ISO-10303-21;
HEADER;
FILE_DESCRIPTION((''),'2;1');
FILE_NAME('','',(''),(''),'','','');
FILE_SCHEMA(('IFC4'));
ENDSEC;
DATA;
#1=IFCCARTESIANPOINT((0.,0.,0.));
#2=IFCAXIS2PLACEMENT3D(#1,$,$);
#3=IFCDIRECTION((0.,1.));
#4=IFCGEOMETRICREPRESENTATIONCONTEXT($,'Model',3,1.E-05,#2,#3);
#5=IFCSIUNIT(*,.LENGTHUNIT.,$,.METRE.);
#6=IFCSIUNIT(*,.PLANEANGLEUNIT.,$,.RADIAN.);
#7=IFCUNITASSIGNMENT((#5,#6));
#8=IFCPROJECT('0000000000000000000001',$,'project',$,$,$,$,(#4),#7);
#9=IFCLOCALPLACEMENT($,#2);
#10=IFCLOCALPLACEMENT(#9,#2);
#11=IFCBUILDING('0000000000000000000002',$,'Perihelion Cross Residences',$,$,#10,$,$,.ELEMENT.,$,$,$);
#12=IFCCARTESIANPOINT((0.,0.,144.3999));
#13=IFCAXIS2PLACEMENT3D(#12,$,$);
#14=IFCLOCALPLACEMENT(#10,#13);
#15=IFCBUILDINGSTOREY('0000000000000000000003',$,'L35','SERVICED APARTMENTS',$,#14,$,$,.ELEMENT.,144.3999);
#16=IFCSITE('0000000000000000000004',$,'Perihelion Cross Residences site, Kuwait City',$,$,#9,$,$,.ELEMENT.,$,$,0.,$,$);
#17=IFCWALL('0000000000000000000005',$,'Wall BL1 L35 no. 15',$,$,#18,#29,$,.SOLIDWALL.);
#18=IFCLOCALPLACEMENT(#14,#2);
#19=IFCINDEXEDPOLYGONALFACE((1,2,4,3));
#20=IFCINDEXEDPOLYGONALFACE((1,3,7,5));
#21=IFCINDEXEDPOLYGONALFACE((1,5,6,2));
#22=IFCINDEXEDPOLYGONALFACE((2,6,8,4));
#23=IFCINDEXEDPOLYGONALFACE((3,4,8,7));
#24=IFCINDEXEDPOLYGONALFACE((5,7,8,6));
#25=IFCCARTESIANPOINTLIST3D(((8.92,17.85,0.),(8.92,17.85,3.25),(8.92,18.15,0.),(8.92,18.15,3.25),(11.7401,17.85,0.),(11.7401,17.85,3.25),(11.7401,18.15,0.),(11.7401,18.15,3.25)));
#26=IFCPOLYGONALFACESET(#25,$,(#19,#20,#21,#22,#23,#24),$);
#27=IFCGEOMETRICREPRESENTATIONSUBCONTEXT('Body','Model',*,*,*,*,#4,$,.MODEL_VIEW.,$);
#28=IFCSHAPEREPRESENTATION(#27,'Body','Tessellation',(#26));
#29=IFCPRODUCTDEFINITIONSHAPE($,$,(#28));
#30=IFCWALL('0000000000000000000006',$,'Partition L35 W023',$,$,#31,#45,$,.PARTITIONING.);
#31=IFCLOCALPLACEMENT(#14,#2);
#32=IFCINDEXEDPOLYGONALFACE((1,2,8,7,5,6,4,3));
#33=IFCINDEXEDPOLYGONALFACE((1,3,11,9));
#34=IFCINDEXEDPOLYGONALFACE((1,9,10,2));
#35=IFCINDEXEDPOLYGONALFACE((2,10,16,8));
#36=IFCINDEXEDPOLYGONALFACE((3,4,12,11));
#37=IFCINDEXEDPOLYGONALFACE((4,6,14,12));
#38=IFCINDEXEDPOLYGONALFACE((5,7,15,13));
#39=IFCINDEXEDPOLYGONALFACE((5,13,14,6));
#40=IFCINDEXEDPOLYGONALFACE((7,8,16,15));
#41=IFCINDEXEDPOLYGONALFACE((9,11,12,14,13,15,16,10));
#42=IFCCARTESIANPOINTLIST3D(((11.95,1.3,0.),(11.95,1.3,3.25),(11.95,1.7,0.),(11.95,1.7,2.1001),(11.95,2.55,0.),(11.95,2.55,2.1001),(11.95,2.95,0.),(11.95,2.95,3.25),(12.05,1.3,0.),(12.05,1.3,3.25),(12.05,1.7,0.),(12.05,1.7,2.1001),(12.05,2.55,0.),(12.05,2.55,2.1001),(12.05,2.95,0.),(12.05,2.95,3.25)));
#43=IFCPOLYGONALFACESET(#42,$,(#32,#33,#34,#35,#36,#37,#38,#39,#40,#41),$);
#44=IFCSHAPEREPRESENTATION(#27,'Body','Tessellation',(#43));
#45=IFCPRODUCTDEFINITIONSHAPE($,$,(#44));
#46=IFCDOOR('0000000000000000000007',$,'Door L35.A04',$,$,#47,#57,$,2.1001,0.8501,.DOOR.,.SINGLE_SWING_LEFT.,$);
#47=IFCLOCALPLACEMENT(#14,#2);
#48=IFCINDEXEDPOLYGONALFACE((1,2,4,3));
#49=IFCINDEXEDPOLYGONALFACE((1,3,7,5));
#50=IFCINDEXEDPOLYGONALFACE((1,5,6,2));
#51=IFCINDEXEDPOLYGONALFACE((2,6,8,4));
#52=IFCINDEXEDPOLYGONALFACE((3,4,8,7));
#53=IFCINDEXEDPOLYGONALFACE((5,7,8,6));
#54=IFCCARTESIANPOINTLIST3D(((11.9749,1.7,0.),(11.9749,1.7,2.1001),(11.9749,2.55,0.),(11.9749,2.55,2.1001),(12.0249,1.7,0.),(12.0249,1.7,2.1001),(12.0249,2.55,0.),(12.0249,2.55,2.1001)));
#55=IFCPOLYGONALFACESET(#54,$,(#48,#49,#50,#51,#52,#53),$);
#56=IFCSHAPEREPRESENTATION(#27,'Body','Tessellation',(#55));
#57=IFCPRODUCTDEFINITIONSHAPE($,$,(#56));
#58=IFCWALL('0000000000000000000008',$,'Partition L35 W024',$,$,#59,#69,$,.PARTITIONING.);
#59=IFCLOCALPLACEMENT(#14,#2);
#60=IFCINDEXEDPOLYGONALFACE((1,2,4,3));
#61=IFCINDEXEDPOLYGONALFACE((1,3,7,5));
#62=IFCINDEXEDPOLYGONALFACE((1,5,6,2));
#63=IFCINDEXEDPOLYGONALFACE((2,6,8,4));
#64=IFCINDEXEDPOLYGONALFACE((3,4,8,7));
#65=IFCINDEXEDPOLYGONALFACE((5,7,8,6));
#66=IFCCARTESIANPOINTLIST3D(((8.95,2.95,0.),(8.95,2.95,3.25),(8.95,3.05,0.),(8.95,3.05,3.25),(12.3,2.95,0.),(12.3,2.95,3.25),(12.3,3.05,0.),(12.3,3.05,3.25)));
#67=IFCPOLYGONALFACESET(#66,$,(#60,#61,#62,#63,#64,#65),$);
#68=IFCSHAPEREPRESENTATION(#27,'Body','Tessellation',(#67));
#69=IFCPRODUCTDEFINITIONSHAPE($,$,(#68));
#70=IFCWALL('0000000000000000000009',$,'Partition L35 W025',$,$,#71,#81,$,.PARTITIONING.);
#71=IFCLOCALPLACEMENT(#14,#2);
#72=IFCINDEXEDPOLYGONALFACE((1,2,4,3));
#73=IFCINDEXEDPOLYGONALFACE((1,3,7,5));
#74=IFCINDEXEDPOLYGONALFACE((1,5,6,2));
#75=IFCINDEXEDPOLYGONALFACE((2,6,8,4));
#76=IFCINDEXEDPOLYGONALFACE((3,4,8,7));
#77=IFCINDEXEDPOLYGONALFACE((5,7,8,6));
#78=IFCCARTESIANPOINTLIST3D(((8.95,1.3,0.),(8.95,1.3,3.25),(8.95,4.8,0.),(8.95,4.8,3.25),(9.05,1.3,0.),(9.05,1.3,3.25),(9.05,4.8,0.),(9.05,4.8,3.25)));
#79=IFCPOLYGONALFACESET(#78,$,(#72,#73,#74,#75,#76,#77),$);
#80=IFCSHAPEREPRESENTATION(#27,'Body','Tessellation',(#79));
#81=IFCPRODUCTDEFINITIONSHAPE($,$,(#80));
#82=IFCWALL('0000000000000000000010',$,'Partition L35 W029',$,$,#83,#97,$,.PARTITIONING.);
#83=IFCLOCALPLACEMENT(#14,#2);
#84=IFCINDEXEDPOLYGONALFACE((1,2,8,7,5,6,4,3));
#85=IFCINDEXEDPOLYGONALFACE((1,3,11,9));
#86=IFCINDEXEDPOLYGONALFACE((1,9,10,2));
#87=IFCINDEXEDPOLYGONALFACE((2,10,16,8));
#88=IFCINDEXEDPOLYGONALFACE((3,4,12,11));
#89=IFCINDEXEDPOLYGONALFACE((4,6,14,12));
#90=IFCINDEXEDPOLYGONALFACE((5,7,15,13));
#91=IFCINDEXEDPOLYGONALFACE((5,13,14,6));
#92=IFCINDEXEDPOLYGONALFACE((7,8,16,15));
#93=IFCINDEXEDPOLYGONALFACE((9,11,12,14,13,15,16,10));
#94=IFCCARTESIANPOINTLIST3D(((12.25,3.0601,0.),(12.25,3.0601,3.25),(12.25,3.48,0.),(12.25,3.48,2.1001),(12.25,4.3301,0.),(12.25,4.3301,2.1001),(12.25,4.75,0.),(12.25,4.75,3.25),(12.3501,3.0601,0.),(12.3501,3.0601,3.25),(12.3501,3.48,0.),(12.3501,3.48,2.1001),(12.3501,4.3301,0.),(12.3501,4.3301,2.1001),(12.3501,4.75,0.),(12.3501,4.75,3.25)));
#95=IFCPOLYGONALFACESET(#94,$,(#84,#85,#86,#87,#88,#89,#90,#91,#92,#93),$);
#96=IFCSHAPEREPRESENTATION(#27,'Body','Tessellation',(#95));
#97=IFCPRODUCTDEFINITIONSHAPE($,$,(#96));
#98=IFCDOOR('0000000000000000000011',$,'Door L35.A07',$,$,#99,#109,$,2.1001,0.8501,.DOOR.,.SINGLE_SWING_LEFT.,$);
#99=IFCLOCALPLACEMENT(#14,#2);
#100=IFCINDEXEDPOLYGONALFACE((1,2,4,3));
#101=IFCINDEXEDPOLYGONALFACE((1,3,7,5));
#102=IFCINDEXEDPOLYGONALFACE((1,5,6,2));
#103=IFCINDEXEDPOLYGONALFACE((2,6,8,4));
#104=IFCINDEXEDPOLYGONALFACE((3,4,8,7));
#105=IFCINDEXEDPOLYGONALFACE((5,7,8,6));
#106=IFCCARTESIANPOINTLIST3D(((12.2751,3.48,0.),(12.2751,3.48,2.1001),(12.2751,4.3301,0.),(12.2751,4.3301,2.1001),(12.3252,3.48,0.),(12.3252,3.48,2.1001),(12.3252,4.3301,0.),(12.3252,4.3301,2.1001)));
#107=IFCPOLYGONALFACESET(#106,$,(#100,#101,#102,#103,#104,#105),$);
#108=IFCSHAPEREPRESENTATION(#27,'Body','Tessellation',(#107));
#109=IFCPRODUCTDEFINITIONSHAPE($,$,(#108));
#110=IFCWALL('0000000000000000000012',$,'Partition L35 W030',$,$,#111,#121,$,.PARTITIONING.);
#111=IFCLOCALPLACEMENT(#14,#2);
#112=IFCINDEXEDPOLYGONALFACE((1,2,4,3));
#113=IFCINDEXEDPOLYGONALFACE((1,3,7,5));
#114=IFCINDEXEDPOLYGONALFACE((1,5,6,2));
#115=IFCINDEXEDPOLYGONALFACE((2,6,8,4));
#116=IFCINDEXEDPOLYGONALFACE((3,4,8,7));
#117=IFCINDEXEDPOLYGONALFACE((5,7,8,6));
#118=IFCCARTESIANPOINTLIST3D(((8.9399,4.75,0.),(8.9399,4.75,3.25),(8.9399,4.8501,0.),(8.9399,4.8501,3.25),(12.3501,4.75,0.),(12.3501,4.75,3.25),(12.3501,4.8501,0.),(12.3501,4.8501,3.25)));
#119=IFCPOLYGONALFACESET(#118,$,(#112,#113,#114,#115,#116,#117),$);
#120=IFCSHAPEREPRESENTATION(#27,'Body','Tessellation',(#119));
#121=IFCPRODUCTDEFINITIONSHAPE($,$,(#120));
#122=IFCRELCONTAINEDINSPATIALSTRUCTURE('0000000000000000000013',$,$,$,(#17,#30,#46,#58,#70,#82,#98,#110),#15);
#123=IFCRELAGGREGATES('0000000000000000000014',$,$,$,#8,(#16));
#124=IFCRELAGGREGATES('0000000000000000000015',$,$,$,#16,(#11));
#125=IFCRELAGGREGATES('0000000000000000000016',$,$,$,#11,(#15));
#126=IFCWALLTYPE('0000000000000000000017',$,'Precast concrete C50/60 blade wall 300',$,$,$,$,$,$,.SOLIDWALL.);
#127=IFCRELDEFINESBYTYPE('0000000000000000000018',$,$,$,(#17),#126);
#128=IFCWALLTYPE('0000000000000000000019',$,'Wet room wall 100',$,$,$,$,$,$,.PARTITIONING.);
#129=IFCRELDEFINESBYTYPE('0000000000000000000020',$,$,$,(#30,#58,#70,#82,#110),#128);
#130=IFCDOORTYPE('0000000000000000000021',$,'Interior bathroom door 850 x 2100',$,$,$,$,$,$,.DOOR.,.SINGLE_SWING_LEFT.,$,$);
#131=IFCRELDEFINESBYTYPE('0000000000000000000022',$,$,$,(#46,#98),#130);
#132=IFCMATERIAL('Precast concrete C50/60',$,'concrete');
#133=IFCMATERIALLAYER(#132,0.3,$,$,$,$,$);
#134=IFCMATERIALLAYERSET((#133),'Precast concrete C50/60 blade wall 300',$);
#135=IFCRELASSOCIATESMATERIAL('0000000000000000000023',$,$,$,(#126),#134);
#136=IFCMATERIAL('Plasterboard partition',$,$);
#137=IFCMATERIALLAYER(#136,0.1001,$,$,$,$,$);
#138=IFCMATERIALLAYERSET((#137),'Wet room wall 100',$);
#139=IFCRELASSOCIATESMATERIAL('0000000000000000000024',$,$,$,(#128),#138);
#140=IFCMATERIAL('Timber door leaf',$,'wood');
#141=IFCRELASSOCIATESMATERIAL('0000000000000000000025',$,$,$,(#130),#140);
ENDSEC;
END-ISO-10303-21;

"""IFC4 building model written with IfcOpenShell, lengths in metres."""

from ifc_helpers import new_model, si_unit, direction, frame, frame_2d, origin, place, context, subcontext, project, spatial, rectangle, extrude, material, layer, layer_set, type_object, element, fill, save


model = new_model("IFC4")

# Units and contexts
model_context = context("Model", 3, precision=1e-05, world=origin(), true_north=direction((0.0, 1.0)))
body_context = subcontext(model_context, "Body", "Model", "MODEL_VIEW")
ifc_project = project(units=[si_unit("LENGTHUNIT", "METRE"), si_unit("PLANEANGLEUNIT", "RADIAN")], contexts=[model_context])

# Site, building, storey
site_placement = place(None, origin())
site = spatial("IfcSite", under=ifc_project, at=site_placement, Name="Perihelion Cross Residences site, Kuwait City", CompositionType="ELEMENT", RefElevation=0.0)
building_placement = place(site_placement, origin())
building = spatial("IfcBuilding", under=site, at=building_placement, Name="Perihelion Cross Residences", CompositionType="ELEMENT")
storey_placement = place(building_placement, frame((0.0, 0.0, 144.3999)))
storey = spatial("IfcBuildingStorey", under=building, at=storey_placement, Name="L35", Description="SERVICED APARTMENTS", CompositionType="ELEMENT", Elevation=144.3999)

# Wall
ifc_material_1 = material(Name="Precast concrete C50/60", Category="concrete")
ifc_layer_1 = layer(ifc_material_1, 0.3)
ifc_layer_set_1 = layer_set([ifc_layer_1], Name="Precast concrete C50/60 blade wall 300")
wall_type_1 = type_object("IfcWallType", Name="Precast concrete C50/60 blade wall 300", PredefinedType="SOLIDWALL", material=ifc_layer_set_1)
wall_1_placement = place(storey_placement, frame((8.9199, 18.0, 0.0), z_axis=(0.0, 0.0, 1.0), x_axis=(1.0, 0.0, 0.0)))
element("IfcWall", 1, at=wall_1_placement, inside=storey, type_object=wall_type_1, Name="Wall BL1 L35 no. 15", PredefinedType="SOLIDWALL", context=body_context, shape_type="SweptSolid", body=[
    extrude(rectangle(XDim=2.8201, YDim=0.3, at=frame_2d((1.4102, 0.0))), origin(), (0.0, 0.0, 1.0), 3.25),
])

# Wall, opening, door
ifc_material_2 = material(Name="Plasterboard partition")
ifc_layer_2 = layer(ifc_material_2, 0.1001)
ifc_layer_set_2 = layer_set([ifc_layer_2], Name="Wet room wall 100")
wall_type_2 = type_object("IfcWallType", Name="Wet room wall 100", PredefinedType="PARTITIONING", material=ifc_layer_set_2)
wall_2_placement = place(storey_placement, frame((12.0, 2.95, 0.0), z_axis=(0.0, 0.0, 1.0), x_axis=(0.0, -1.0, 0.0)))
wall_2 = element("IfcWall", 2, at=wall_2_placement, inside=storey, type_object=wall_type_2, Name="Partition L35 W023", PredefinedType="PARTITIONING", context=body_context, shape_type="SweptSolid", body=[
    extrude(rectangle(XDim=1.6499, YDim=0.1001, at=frame_2d((0.825, 0.0))), origin(), (0.0, 0.0, 1.0), 3.25),
])
opening_1_placement = place(wall_2_placement, frame((0.3999, 0.0, 0.0)))
opening_1 = element("IfcOpeningElement", 3, at=opening_1_placement, cuts=wall_2, PredefinedType="OPENING", context=body_context, shape_type="SweptSolid", body=[
    extrude(rectangle(XDim=0.8501, YDim=2.1001, at=frame_2d((0.425, 1.05))), frame((0.0, 0.0601, 0.0), z_axis=(0.0, -1.0, 0.0), x_axis=(1.0, 0.0, 0.0)), (0.0, 0.0, 1.0), 0.1201),
])
ifc_material_3 = material(Name="Timber door leaf", Category="wood")
door_type_1 = type_object("IfcDoorType", Name="Interior bathroom door 850 x 2100", OperationType="SINGLE_SWING_LEFT", PredefinedType="DOOR", material=ifc_material_3)
door_1_placement = place(opening_1_placement, origin())
door_1 = element("IfcDoor", 4, at=door_1_placement, inside=storey, type_object=door_type_1, Name="Door L35.A04", OperationType="SINGLE_SWING_LEFT", OverallHeight=2.1001, OverallWidth=0.8501, PredefinedType="DOOR", context=body_context, shape_type="SweptSolid", body=[
    extrude(rectangle(XDim=0.8501, YDim=2.1001, at=frame_2d((0.425, 1.05))), frame((0.0, 0.0249, 0.0), z_axis=(0.0, -1.0, 0.0), x_axis=(1.0, 0.0, 0.0)), (0.0, 0.0, 1.0), 0.05),
])
fill(opening_1, door_1)

# Walls
wall_3_placement = place(storey_placement, frame((8.95, 3.0, 0.0), z_axis=(0.0, 0.0, 1.0), x_axis=(1.0, 0.0, 0.0)))
element("IfcWall", 5, at=wall_3_placement, inside=storey, type_object=wall_type_2, Name="Partition L35 W024", PredefinedType="PARTITIONING", context=body_context, shape_type="SweptSolid", body=[
    extrude(rectangle(XDim=3.3501, YDim=0.1001, at=frame_2d((1.675, 0.0))), origin(), (0.0, 0.0, 1.0), 3.25),
])
wall_4_placement = place(storey_placement, frame((9.0, 1.3, 0.0), z_axis=(0.0, 0.0, 1.0), x_axis=(0.0, 1.0, 0.0)))
element("IfcWall", 6, at=wall_4_placement, inside=storey, type_object=wall_type_2, Name="Partition L35 W025", PredefinedType="PARTITIONING", context=body_context, shape_type="SweptSolid", body=[
    extrude(rectangle(XDim=3.5, YDim=0.1001, at=frame_2d((1.75, 0.0))), origin(), (0.0, 0.0, 1.0), 3.25),
])

# Wall, opening, door
wall_5_placement = place(storey_placement, frame((12.3, 3.0601, 0.0), z_axis=(0.0, 0.0, 1.0), x_axis=(0.0, 1.0, 0.0)))
wall_5 = element("IfcWall", 7, at=wall_5_placement, inside=storey, type_object=wall_type_2, Name="Partition L35 W029", PredefinedType="PARTITIONING", context=body_context, shape_type="SweptSolid", body=[
    extrude(rectangle(XDim=1.6899, YDim=0.1001, at=frame_2d((0.845, 0.0))), origin(), (0.0, 0.0, 1.0), 3.25),
])
opening_2_placement = place(wall_5_placement, frame((0.4199, 0.0, 0.0)))
opening_2 = element("IfcOpeningElement", 8, at=opening_2_placement, cuts=wall_5, PredefinedType="OPENING", context=body_context, shape_type="SweptSolid", body=[
    extrude(rectangle(XDim=0.8501, YDim=2.1001, at=frame_2d((0.425, 1.05))), frame((0.0, 0.0601, 0.0), z_axis=(0.0, -1.0, 0.0), x_axis=(1.0, 0.0, 0.0)), (0.0, 0.0, 1.0), 0.1201),
])
door_2_placement = place(opening_2_placement, origin())
door_2 = element("IfcDoor", 9, at=door_2_placement, inside=storey, type_object=door_type_1, Name="Door L35.A07", OperationType="SINGLE_SWING_LEFT", OverallHeight=2.1001, OverallWidth=0.8501, PredefinedType="DOOR", context=body_context, shape_type="SweptSolid", body=[
    extrude(rectangle(XDim=0.8501, YDim=2.1001, at=frame_2d((0.425, 1.05))), frame((0.0, 0.0249, 0.0), z_axis=(0.0, -1.0, 0.0), x_axis=(1.0, 0.0, 0.0)), (0.0, 0.0, 1.0), 0.05),
])
fill(opening_2, door_2)

# Wall
wall_6_placement = place(storey_placement, frame((12.3501, 4.8, 0.0), z_axis=(0.0, 0.0, 1.0), x_axis=(-1.0, 0.0, 0.0)))
element("IfcWall", 10, at=wall_6_placement, inside=storey, type_object=wall_type_2, Name="Partition L35 W030", PredefinedType="PARTITIONING", context=body_context, shape_type="SweptSolid", body=[
    extrude(rectangle(XDim=3.4102, YDim=0.1001, at=frame_2d((1.7051, 0.0))), origin(), (0.0, 0.0, 1.0), 3.25),
])

save(model, "model.ifc")
